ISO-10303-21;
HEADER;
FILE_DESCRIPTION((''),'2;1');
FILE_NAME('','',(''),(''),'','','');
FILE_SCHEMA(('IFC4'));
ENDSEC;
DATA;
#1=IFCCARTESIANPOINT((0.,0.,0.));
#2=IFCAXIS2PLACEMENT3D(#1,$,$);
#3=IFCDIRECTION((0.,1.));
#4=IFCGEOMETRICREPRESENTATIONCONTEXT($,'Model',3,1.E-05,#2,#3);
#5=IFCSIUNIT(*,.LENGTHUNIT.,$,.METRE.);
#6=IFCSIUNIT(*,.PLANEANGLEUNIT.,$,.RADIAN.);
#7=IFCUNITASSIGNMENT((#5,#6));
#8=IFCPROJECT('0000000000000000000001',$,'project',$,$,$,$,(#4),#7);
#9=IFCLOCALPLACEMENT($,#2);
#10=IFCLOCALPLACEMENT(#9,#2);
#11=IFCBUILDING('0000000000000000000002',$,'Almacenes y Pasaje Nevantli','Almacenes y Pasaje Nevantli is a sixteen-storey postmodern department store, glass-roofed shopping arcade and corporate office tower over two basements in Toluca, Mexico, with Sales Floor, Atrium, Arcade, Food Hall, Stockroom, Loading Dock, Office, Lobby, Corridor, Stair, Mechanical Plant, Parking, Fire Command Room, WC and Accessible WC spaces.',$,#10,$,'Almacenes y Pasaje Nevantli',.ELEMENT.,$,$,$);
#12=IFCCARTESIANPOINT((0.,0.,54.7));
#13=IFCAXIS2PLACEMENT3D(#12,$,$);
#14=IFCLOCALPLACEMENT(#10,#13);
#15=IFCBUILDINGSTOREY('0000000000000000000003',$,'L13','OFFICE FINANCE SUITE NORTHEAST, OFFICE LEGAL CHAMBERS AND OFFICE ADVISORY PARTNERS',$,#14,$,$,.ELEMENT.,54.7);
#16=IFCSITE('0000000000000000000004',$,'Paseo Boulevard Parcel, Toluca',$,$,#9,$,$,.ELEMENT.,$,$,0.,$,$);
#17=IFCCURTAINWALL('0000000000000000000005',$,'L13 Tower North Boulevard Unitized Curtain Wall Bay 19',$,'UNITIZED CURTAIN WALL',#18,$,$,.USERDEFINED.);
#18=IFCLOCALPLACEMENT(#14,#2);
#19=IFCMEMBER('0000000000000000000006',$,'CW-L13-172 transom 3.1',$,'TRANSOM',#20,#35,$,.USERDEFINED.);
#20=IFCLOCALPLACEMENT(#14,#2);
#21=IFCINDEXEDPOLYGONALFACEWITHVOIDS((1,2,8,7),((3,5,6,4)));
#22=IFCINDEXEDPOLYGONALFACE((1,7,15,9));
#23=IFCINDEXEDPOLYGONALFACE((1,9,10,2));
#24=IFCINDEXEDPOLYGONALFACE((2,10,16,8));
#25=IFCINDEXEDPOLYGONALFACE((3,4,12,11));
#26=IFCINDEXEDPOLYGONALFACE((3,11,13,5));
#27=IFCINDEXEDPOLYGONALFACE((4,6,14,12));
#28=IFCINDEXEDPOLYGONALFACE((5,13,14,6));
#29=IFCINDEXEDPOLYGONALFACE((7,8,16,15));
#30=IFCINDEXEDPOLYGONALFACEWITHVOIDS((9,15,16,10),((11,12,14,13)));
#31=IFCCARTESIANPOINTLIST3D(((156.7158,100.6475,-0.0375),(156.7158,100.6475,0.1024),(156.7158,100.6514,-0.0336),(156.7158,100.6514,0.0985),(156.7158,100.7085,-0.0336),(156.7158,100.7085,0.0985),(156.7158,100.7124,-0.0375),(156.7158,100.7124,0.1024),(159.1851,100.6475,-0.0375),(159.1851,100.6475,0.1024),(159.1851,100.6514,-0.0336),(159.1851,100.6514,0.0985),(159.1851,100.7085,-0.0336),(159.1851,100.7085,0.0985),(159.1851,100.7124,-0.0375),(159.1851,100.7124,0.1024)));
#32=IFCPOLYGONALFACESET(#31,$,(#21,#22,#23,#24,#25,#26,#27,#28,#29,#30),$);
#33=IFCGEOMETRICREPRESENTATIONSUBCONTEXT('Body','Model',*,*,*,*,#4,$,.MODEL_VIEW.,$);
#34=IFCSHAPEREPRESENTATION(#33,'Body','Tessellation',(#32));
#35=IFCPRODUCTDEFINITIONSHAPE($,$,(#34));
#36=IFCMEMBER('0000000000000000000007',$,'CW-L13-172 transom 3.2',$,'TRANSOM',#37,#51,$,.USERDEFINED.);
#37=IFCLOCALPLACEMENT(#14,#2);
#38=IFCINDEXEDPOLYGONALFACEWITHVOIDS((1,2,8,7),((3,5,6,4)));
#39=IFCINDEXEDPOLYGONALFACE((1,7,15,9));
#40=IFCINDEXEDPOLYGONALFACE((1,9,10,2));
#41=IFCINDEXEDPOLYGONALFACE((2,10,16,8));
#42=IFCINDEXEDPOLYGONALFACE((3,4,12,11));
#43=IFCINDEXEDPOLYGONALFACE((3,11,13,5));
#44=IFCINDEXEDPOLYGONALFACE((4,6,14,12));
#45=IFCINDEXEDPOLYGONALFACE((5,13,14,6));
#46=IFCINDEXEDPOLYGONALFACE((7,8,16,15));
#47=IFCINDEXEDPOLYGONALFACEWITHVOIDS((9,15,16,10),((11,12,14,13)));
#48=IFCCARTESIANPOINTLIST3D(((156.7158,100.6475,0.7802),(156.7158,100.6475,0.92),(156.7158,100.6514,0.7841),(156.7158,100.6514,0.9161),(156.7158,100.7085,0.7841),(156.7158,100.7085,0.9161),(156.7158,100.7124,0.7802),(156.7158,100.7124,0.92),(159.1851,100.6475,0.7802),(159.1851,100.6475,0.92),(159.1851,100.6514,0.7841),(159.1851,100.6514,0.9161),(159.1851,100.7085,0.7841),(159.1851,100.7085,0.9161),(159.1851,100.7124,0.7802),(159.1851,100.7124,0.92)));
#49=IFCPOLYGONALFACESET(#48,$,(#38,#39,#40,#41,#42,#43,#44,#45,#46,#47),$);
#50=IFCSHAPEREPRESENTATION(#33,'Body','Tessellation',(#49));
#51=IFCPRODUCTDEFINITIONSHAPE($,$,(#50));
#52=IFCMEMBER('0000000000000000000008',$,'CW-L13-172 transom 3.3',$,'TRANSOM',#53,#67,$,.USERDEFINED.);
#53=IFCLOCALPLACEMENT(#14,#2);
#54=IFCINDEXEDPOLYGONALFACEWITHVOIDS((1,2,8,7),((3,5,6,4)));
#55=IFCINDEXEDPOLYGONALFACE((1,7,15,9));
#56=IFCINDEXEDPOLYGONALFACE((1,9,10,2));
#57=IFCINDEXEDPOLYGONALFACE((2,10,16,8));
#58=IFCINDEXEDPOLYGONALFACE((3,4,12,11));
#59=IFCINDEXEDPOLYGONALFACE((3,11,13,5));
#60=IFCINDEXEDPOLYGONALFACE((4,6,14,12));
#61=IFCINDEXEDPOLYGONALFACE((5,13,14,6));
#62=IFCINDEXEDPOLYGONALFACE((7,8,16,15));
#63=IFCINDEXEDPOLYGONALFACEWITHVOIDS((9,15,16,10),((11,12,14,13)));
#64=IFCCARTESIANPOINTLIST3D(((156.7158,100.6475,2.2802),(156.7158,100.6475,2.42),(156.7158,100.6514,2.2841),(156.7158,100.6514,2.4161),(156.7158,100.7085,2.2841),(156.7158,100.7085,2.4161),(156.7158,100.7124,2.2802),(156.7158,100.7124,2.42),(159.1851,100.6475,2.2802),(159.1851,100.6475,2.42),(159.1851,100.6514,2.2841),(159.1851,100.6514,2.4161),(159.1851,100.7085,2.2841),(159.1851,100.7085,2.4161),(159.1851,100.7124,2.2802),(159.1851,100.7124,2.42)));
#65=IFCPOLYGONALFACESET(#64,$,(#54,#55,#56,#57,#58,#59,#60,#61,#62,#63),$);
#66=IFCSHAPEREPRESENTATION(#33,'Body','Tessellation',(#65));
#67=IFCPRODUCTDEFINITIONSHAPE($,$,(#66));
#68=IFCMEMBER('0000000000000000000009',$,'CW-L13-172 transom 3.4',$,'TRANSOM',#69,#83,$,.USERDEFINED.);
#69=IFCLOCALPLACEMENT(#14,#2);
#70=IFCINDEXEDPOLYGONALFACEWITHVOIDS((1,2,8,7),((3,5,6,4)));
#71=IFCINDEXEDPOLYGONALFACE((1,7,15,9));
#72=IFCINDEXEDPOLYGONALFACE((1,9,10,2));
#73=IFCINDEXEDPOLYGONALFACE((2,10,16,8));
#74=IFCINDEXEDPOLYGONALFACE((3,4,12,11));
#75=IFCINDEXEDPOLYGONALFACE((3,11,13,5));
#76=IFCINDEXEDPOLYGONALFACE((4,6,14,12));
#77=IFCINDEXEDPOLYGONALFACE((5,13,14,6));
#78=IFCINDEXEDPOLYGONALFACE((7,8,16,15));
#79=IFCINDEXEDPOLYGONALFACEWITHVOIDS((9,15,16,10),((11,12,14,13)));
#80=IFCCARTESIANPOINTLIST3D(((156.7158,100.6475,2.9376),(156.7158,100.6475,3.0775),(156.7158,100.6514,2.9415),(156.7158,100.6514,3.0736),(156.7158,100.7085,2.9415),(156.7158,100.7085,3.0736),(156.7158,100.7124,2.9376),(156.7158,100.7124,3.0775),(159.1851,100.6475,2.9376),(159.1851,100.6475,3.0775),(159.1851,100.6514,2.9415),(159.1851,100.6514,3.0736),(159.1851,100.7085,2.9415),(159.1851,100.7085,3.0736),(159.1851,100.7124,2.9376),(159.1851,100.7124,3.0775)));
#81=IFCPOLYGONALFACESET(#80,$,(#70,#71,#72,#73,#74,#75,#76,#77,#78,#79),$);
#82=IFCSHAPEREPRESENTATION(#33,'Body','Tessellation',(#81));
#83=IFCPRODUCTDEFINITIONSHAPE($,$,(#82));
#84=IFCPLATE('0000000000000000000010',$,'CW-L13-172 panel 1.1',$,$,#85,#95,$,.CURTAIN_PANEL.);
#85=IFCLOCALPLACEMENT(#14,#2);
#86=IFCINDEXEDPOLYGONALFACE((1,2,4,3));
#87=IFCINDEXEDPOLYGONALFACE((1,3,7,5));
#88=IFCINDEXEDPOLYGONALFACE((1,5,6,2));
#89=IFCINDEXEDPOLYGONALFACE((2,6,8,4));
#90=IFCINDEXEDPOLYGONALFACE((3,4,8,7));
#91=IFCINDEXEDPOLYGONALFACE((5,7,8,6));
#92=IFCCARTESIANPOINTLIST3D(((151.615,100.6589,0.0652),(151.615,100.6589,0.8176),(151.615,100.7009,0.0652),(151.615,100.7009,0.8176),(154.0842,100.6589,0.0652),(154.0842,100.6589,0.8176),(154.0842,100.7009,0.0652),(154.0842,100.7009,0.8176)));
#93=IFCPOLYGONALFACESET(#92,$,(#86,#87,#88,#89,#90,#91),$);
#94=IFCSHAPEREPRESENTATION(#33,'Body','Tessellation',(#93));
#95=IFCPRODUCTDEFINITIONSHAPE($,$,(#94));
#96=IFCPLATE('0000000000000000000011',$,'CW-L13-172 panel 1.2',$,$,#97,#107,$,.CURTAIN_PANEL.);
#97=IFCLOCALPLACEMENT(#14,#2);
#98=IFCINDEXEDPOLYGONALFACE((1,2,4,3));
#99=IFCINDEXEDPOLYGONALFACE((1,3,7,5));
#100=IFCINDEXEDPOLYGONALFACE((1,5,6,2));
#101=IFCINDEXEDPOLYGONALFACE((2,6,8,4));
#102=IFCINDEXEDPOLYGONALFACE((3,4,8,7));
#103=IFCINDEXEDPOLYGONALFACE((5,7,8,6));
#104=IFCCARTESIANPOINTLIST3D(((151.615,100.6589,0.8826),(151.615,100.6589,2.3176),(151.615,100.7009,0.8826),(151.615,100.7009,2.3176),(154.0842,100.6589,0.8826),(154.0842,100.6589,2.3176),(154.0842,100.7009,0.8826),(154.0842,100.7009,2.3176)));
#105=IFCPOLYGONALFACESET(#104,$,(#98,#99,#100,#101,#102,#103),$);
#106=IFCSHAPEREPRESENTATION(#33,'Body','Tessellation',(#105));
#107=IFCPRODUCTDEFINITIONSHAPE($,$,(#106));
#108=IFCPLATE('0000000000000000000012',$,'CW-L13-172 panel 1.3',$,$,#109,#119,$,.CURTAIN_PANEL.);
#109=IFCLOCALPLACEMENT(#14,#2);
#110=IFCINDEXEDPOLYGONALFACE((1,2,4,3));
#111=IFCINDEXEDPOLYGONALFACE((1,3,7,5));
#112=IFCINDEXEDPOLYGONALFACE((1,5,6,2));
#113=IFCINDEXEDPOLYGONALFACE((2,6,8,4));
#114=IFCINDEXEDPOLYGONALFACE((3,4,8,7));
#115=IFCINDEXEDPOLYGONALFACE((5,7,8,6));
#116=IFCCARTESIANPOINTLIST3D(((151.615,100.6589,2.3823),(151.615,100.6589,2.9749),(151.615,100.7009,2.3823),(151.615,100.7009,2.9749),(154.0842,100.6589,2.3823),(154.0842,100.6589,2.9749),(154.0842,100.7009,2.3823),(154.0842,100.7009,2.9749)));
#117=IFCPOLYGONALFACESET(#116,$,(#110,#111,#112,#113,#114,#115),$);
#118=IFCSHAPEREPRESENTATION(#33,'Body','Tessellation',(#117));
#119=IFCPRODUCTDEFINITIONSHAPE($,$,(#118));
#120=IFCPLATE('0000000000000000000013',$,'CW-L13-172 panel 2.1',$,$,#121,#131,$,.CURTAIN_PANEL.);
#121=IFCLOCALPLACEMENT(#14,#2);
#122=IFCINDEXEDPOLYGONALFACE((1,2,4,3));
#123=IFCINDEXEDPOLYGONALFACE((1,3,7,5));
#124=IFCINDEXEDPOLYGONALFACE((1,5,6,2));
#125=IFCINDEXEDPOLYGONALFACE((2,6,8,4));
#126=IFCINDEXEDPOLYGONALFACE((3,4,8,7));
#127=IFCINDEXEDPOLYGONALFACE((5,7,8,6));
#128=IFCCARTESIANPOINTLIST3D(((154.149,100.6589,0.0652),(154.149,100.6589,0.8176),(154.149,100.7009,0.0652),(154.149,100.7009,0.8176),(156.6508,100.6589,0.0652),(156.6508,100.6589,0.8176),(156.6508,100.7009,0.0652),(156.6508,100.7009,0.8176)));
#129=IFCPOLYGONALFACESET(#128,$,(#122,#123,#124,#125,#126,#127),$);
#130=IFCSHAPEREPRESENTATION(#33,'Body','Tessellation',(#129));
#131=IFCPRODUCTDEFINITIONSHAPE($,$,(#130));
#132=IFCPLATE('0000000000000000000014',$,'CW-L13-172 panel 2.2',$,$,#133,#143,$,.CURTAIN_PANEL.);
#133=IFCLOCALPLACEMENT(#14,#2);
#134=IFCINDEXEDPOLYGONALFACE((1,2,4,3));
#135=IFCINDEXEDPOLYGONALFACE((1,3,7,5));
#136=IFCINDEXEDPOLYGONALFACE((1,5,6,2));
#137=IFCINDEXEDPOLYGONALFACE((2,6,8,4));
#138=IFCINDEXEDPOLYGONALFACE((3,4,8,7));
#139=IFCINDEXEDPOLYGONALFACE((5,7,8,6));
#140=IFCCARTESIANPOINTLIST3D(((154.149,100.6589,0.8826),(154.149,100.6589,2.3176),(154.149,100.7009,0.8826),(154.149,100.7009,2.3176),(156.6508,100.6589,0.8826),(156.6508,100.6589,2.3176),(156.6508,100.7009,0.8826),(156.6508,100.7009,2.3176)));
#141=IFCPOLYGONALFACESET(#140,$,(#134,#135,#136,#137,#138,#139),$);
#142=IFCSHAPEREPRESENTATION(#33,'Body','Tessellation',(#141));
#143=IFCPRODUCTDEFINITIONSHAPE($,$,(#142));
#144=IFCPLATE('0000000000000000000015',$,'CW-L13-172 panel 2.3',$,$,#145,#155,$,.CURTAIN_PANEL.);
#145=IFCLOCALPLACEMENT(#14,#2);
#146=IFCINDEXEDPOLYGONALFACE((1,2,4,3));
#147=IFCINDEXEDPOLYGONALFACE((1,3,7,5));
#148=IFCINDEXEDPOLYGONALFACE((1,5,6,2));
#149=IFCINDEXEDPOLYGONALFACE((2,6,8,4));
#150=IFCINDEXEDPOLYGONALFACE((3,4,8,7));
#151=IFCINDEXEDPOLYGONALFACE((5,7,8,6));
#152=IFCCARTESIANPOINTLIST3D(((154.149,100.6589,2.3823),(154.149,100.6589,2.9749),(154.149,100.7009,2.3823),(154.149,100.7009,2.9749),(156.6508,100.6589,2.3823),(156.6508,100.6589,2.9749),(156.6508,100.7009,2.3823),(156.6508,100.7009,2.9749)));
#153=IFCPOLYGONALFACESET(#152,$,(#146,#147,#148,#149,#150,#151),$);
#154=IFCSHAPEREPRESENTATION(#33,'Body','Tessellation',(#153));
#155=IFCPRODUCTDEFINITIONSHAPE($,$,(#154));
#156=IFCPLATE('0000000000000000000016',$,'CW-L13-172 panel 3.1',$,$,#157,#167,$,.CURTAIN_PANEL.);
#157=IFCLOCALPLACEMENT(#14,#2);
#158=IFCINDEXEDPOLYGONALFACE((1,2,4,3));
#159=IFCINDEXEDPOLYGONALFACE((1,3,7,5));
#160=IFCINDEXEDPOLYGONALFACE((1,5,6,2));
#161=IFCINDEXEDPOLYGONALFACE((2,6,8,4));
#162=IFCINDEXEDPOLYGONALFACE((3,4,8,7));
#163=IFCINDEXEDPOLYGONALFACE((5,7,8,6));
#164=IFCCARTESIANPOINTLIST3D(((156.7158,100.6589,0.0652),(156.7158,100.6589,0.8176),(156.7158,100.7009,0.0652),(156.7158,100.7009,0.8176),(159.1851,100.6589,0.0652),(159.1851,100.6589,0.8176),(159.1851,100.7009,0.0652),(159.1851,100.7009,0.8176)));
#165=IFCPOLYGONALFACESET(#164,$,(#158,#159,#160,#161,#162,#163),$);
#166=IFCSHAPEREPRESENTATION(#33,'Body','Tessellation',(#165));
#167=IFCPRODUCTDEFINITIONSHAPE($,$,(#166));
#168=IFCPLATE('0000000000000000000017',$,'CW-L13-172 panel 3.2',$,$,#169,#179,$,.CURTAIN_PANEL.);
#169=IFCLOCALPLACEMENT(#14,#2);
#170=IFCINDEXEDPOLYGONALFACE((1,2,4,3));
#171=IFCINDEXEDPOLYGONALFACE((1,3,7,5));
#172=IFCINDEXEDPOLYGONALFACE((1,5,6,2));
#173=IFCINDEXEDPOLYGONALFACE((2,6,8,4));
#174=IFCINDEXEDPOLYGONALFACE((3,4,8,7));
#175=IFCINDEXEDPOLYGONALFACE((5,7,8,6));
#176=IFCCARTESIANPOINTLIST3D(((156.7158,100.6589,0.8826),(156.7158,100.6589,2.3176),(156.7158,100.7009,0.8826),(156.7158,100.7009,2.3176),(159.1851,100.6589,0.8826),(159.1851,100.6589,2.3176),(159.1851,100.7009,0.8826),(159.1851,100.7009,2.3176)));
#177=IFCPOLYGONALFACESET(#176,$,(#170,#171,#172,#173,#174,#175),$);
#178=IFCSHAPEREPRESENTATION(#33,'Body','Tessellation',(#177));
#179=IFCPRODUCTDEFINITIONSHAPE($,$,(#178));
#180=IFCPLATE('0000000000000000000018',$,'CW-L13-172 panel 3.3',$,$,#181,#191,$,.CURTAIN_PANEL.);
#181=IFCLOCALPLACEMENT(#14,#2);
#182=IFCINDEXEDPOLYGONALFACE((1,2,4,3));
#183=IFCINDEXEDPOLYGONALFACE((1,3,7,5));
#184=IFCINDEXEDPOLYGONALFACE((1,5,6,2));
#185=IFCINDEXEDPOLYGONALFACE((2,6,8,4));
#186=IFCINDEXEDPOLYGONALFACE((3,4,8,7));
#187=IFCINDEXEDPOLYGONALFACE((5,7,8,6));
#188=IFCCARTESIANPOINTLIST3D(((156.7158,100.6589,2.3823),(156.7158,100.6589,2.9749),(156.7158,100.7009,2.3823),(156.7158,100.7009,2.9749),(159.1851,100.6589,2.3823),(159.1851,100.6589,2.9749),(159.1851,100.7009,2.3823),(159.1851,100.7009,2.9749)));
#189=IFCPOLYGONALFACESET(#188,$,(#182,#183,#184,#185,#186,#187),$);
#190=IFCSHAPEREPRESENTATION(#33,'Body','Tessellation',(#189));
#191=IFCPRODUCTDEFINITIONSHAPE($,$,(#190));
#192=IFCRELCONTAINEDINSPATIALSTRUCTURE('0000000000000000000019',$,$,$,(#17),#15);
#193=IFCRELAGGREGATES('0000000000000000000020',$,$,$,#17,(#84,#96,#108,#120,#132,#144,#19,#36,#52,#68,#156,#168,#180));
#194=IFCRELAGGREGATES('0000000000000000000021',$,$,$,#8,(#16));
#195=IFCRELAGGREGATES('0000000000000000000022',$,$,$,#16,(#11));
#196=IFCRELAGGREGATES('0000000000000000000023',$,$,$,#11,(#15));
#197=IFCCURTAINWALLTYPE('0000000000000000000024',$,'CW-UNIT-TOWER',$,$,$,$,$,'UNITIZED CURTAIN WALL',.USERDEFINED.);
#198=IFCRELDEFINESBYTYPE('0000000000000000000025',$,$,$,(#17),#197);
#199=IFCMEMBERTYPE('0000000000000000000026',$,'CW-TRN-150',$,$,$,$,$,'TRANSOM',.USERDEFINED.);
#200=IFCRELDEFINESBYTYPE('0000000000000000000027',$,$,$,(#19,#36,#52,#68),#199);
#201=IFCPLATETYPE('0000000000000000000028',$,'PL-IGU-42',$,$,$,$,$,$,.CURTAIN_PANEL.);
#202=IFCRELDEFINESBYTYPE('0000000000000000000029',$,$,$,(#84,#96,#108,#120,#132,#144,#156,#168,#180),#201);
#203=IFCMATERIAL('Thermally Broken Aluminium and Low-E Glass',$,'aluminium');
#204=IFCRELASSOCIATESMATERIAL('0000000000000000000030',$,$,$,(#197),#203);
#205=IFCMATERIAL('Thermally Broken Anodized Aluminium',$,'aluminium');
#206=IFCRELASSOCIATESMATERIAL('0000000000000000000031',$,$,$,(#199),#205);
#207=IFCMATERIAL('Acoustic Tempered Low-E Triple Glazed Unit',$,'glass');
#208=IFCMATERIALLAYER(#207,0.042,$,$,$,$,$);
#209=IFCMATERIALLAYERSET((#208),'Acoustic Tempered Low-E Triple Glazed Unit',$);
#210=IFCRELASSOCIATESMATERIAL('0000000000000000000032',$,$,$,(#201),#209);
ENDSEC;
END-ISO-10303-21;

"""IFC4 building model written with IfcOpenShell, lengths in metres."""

from ifc_helpers import new_model, si_unit, direction, frame, origin, origin_2d, place, context, subcontext, project, spatial, rectangle, hollow_rectangle, extrude, material, layer, layer_set, material_profile, profile_set, type_object, element, aggregate, save


model = new_model("IFC4")

# Units and contexts
model_context = context("Model", 3, precision=1e-05, world=origin(), true_north=direction((0.0, 1.0)))
body_context = subcontext(model_context, "Body", "Model", "MODEL_VIEW")
ifc_project = project(units=[si_unit("LENGTHUNIT", "METRE"), si_unit("PLANEANGLEUNIT", "RADIAN")], contexts=[model_context])

# Site, building, storey
site_placement = place(None, origin())
site = spatial("IfcSite", under=ifc_project, at=site_placement, Name="Paseo Boulevard Parcel, Toluca", CompositionType="ELEMENT", RefElevation=0.0)
building_placement = place(site_placement, origin())
building = spatial("IfcBuilding", under=site, at=building_placement, Name="Almacenes y Pasaje Nevantli", Description="Almacenes y Pasaje Nevantli is a sixteen-storey postmodern department store, glass-roofed shopping arcade and corporate office tower over two basements in Toluca, Mexico, with Sales Floor, Atrium, Arcade, Food Hall, Stockroom, Loading Dock, Office, Lobby, Corridor, Stair, Mechanical Plant, Parking, Fire Command Room, WC and Accessible WC spaces.", LongName="Almacenes y Pasaje Nevantli", CompositionType="ELEMENT")
storey_placement = place(building_placement, frame((0.0, 0.0, 54.7)))
storey = spatial("IfcBuildingStorey", under=building, at=storey_placement, Name="L13", Description="OFFICE FINANCE SUITE NORTHEAST, OFFICE LEGAL CHAMBERS AND OFFICE ADVISORY PARTNERS", CompositionType="ELEMENT", Elevation=54.7)

# Shared definitions
ifc_material_1 = material(Name="Thermally Broken Aluminium and Low-E Glass", Category="aluminium")
curtain_wall_type = type_object("IfcCurtainWallType", Name="CW-UNIT-TOWER", ElementType="UNITIZED CURTAIN WALL", PredefinedType="USERDEFINED", material=ifc_material_1)

# Curtain wall, members, plates
curtain_wall_1_placement = place(storey_placement, origin())
curtain_wall_1 = element("IfcCurtainWall", 1, at=curtain_wall_1_placement, inside=storey, type_object=curtain_wall_type, Name="L13 Tower North Boulevard Unitized Curtain Wall Bay 19", ObjectType="UNITIZED CURTAIN WALL", PredefinedType="USERDEFINED")
ifc_material_2 = material(Name="Thermally Broken Anodized Aluminium", Category="aluminium")
ifc_material_profile_1 = material_profile(ifc_material_2, hollow_rectangle(XDim=0.0649, YDim=0.1399, WallThickness=0.0039, at=origin_2d()), Name="ALU-TRN-65x140")
ifc_profile_set_1 = profile_set([ifc_material_profile_1], Name="Thermally Broken Anodized Aluminium")
member_type_1 = type_object("IfcMemberType", Name="CW-TRN-150", ElementType="TRANSOM", PredefinedType="USERDEFINED", material=ifc_profile_set_1)
member_1_placement = place(storey_placement, frame((156.7158, 100.6799, 0.0325), z_axis=(1.0, 0.0, 0.0), x_axis=(0.0, 1.0, 0.0)))
member_1 = element("IfcMember", 2, at=member_1_placement, type_object=member_type_1, Name="CW-L13-172 transom 3.1", ObjectType="TRANSOM", PredefinedType="USERDEFINED", context=body_context, shape_type="SweptSolid", body=[
    extrude(hollow_rectangle(XDim=0.0649, YDim=0.1399, WallThickness=0.0039, at=origin_2d()), origin(), (0.0, 0.0, 1.0), 2.4692),
])
member_2_placement = place(storey_placement, frame((156.7158, 100.6799, 0.8501), z_axis=(1.0, 0.0, 0.0), x_axis=(0.0, 1.0, 0.0)))
member_2 = element("IfcMember", 3, at=member_2_placement, type_object=member_type_1, Name="CW-L13-172 transom 3.2", ObjectType="TRANSOM", PredefinedType="USERDEFINED", context=body_context, shape_type="SweptSolid", body=[
    extrude(hollow_rectangle(XDim=0.0649, YDim=0.1399, WallThickness=0.0039, at=origin_2d()), origin(), (0.0, 0.0, 1.0), 2.4692),
])
member_3_placement = place(storey_placement, frame((156.7158, 100.6799, 2.3501), z_axis=(1.0, 0.0, 0.0), x_axis=(0.0, 1.0, 0.0)))
member_3 = element("IfcMember", 4, at=member_3_placement, type_object=member_type_1, Name="CW-L13-172 transom 3.3", ObjectType="TRANSOM", PredefinedType="USERDEFINED", context=body_context, shape_type="SweptSolid", body=[
    extrude(hollow_rectangle(XDim=0.0649, YDim=0.1399, WallThickness=0.0039, at=origin_2d()), origin(), (0.0, 0.0, 1.0), 2.4692),
])
member_4_placement = place(storey_placement, frame((156.7158, 100.6799, 3.0076), z_axis=(1.0, 0.0, 0.0), x_axis=(0.0, 1.0, 0.0)))
member_4 = element("IfcMember", 5, at=member_4_placement, type_object=member_type_1, Name="CW-L13-172 transom 3.4", ObjectType="TRANSOM", PredefinedType="USERDEFINED", context=body_context, shape_type="SweptSolid", body=[
    extrude(hollow_rectangle(XDim=0.0649, YDim=0.1399, WallThickness=0.0039, at=origin_2d()), origin(), (0.0, 0.0, 1.0), 2.4692),
])
ifc_material_3 = material(Name="Acoustic Tempered Low-E Triple Glazed Unit", Category="glass")
ifc_layer = layer(ifc_material_3, 0.042)
ifc_layer_set = layer_set([ifc_layer], Name="Acoustic Tempered Low-E Triple Glazed Unit")
plate_type = type_object("IfcPlateType", Name="PL-IGU-42", PredefinedType="CURTAIN_PANEL", material=ifc_layer_set)
plate_1_placement = place(storey_placement, frame((152.8496, 100.6799, 0.0652), z_axis=(0.0, 0.0, 1.0), x_axis=(1.0, 0.0, 0.0)))
plate_1 = element("IfcPlate", 6, at=plate_1_placement, type_object=plate_type, Name="CW-L13-172 panel 1.1", PredefinedType="CURTAIN_PANEL", context=body_context, shape_type="SweptSolid", body=[
    extrude(rectangle(XDim=2.4692, YDim=0.042, at=origin_2d()), origin(), (0.0, 0.0, 1.0), 0.7524),
])
plate_2_placement = place(storey_placement, frame((152.8496, 100.6799, 0.8826), z_axis=(0.0, 0.0, 1.0), x_axis=(1.0, 0.0, 0.0)))
plate_2 = element("IfcPlate", 7, at=plate_2_placement, type_object=plate_type, Name="CW-L13-172 panel 1.2", PredefinedType="CURTAIN_PANEL", context=body_context, shape_type="SweptSolid", body=[
    extrude(rectangle(XDim=2.4692, YDim=0.042, at=origin_2d()), origin(), (0.0, 0.0, 1.0), 1.4351),
])
plate_3_placement = place(storey_placement, frame((152.8496, 100.6799, 2.3823), z_axis=(0.0, 0.0, 1.0), x_axis=(1.0, 0.0, 0.0)))
plate_3 = element("IfcPlate", 8, at=plate_3_placement, type_object=plate_type, Name="CW-L13-172 panel 1.3", PredefinedType="CURTAIN_PANEL", context=body_context, shape_type="SweptSolid", body=[
    extrude(rectangle(XDim=2.4692, YDim=0.042, at=origin_2d()), origin(), (0.0, 0.0, 1.0), 0.5925),
])
plate_4_placement = place(storey_placement, frame((155.3999, 100.6799, 0.0652), z_axis=(0.0, 0.0, 1.0), x_axis=(1.0, 0.0, 0.0)))
plate_4 = element("IfcPlate", 9, at=plate_4_placement, type_object=plate_type, Name="CW-L13-172 panel 2.1", PredefinedType="CURTAIN_PANEL", context=body_context, shape_type="SweptSolid", body=[
    extrude(rectangle(XDim=2.5017, YDim=0.042, at=origin_2d()), origin(), (0.0, 0.0, 1.0), 0.7524),
])
plate_5_placement = place(storey_placement, frame((155.3999, 100.6799, 0.8826), z_axis=(0.0, 0.0, 1.0), x_axis=(1.0, 0.0, 0.0)))
plate_5 = element("IfcPlate", 10, at=plate_5_placement, type_object=plate_type, Name="CW-L13-172 panel 2.2", PredefinedType="CURTAIN_PANEL", context=body_context, shape_type="SweptSolid", body=[
    extrude(rectangle(XDim=2.5017, YDim=0.042, at=origin_2d()), origin(), (0.0, 0.0, 1.0), 1.4351),
])
plate_6_placement = place(storey_placement, frame((155.3999, 100.6799, 2.3823), z_axis=(0.0, 0.0, 1.0), x_axis=(1.0, 0.0, 0.0)))
plate_6 = element("IfcPlate", 11, at=plate_6_placement, type_object=plate_type, Name="CW-L13-172 panel 2.3", PredefinedType="CURTAIN_PANEL", context=body_context, shape_type="SweptSolid", body=[
    extrude(rectangle(XDim=2.5017, YDim=0.042, at=origin_2d()), origin(), (0.0, 0.0, 1.0), 0.5925),
])
plate_7_placement = place(storey_placement, frame((157.9504, 100.6799, 0.0652), z_axis=(0.0, 0.0, 1.0), x_axis=(1.0, 0.0, 0.0)))
plate_7 = element("IfcPlate", 12, at=plate_7_placement, type_object=plate_type, Name="CW-L13-172 panel 3.1", PredefinedType="CURTAIN_PANEL", context=body_context, shape_type="SweptSolid", body=[
    extrude(rectangle(XDim=2.4692, YDim=0.042, at=origin_2d()), origin(), (0.0, 0.0, 1.0), 0.7524),
])
plate_8_placement = place(storey_placement, frame((157.9504, 100.6799, 0.8826), z_axis=(0.0, 0.0, 1.0), x_axis=(1.0, 0.0, 0.0)))
plate_8 = element("IfcPlate", 13, at=plate_8_placement, type_object=plate_type, Name="CW-L13-172 panel 3.2", PredefinedType="CURTAIN_PANEL", context=body_context, shape_type="SweptSolid", body=[
    extrude(rectangle(XDim=2.4692, YDim=0.042, at=origin_2d()), origin(), (0.0, 0.0, 1.0), 1.4351),
])
plate_9_placement = place(storey_placement, frame((157.9504, 100.6799, 2.3823), z_axis=(0.0, 0.0, 1.0), x_axis=(1.0, 0.0, 0.0)))
plate_9 = element("IfcPlate", 14, at=plate_9_placement, type_object=plate_type, Name="CW-L13-172 panel 3.3", PredefinedType="CURTAIN_PANEL", context=body_context, shape_type="SweptSolid", body=[
    extrude(rectangle(XDim=2.4692, YDim=0.042, at=origin_2d()), origin(), (0.0, 0.0, 1.0), 0.5925),
])
aggregate(curtain_wall_1, [plate_1, plate_2, plate_3, plate_4, plate_5, plate_6, member_1, member_2, member_3, member_4, plate_7, plate_8, plate_9])

save(model, "model.ifc")
